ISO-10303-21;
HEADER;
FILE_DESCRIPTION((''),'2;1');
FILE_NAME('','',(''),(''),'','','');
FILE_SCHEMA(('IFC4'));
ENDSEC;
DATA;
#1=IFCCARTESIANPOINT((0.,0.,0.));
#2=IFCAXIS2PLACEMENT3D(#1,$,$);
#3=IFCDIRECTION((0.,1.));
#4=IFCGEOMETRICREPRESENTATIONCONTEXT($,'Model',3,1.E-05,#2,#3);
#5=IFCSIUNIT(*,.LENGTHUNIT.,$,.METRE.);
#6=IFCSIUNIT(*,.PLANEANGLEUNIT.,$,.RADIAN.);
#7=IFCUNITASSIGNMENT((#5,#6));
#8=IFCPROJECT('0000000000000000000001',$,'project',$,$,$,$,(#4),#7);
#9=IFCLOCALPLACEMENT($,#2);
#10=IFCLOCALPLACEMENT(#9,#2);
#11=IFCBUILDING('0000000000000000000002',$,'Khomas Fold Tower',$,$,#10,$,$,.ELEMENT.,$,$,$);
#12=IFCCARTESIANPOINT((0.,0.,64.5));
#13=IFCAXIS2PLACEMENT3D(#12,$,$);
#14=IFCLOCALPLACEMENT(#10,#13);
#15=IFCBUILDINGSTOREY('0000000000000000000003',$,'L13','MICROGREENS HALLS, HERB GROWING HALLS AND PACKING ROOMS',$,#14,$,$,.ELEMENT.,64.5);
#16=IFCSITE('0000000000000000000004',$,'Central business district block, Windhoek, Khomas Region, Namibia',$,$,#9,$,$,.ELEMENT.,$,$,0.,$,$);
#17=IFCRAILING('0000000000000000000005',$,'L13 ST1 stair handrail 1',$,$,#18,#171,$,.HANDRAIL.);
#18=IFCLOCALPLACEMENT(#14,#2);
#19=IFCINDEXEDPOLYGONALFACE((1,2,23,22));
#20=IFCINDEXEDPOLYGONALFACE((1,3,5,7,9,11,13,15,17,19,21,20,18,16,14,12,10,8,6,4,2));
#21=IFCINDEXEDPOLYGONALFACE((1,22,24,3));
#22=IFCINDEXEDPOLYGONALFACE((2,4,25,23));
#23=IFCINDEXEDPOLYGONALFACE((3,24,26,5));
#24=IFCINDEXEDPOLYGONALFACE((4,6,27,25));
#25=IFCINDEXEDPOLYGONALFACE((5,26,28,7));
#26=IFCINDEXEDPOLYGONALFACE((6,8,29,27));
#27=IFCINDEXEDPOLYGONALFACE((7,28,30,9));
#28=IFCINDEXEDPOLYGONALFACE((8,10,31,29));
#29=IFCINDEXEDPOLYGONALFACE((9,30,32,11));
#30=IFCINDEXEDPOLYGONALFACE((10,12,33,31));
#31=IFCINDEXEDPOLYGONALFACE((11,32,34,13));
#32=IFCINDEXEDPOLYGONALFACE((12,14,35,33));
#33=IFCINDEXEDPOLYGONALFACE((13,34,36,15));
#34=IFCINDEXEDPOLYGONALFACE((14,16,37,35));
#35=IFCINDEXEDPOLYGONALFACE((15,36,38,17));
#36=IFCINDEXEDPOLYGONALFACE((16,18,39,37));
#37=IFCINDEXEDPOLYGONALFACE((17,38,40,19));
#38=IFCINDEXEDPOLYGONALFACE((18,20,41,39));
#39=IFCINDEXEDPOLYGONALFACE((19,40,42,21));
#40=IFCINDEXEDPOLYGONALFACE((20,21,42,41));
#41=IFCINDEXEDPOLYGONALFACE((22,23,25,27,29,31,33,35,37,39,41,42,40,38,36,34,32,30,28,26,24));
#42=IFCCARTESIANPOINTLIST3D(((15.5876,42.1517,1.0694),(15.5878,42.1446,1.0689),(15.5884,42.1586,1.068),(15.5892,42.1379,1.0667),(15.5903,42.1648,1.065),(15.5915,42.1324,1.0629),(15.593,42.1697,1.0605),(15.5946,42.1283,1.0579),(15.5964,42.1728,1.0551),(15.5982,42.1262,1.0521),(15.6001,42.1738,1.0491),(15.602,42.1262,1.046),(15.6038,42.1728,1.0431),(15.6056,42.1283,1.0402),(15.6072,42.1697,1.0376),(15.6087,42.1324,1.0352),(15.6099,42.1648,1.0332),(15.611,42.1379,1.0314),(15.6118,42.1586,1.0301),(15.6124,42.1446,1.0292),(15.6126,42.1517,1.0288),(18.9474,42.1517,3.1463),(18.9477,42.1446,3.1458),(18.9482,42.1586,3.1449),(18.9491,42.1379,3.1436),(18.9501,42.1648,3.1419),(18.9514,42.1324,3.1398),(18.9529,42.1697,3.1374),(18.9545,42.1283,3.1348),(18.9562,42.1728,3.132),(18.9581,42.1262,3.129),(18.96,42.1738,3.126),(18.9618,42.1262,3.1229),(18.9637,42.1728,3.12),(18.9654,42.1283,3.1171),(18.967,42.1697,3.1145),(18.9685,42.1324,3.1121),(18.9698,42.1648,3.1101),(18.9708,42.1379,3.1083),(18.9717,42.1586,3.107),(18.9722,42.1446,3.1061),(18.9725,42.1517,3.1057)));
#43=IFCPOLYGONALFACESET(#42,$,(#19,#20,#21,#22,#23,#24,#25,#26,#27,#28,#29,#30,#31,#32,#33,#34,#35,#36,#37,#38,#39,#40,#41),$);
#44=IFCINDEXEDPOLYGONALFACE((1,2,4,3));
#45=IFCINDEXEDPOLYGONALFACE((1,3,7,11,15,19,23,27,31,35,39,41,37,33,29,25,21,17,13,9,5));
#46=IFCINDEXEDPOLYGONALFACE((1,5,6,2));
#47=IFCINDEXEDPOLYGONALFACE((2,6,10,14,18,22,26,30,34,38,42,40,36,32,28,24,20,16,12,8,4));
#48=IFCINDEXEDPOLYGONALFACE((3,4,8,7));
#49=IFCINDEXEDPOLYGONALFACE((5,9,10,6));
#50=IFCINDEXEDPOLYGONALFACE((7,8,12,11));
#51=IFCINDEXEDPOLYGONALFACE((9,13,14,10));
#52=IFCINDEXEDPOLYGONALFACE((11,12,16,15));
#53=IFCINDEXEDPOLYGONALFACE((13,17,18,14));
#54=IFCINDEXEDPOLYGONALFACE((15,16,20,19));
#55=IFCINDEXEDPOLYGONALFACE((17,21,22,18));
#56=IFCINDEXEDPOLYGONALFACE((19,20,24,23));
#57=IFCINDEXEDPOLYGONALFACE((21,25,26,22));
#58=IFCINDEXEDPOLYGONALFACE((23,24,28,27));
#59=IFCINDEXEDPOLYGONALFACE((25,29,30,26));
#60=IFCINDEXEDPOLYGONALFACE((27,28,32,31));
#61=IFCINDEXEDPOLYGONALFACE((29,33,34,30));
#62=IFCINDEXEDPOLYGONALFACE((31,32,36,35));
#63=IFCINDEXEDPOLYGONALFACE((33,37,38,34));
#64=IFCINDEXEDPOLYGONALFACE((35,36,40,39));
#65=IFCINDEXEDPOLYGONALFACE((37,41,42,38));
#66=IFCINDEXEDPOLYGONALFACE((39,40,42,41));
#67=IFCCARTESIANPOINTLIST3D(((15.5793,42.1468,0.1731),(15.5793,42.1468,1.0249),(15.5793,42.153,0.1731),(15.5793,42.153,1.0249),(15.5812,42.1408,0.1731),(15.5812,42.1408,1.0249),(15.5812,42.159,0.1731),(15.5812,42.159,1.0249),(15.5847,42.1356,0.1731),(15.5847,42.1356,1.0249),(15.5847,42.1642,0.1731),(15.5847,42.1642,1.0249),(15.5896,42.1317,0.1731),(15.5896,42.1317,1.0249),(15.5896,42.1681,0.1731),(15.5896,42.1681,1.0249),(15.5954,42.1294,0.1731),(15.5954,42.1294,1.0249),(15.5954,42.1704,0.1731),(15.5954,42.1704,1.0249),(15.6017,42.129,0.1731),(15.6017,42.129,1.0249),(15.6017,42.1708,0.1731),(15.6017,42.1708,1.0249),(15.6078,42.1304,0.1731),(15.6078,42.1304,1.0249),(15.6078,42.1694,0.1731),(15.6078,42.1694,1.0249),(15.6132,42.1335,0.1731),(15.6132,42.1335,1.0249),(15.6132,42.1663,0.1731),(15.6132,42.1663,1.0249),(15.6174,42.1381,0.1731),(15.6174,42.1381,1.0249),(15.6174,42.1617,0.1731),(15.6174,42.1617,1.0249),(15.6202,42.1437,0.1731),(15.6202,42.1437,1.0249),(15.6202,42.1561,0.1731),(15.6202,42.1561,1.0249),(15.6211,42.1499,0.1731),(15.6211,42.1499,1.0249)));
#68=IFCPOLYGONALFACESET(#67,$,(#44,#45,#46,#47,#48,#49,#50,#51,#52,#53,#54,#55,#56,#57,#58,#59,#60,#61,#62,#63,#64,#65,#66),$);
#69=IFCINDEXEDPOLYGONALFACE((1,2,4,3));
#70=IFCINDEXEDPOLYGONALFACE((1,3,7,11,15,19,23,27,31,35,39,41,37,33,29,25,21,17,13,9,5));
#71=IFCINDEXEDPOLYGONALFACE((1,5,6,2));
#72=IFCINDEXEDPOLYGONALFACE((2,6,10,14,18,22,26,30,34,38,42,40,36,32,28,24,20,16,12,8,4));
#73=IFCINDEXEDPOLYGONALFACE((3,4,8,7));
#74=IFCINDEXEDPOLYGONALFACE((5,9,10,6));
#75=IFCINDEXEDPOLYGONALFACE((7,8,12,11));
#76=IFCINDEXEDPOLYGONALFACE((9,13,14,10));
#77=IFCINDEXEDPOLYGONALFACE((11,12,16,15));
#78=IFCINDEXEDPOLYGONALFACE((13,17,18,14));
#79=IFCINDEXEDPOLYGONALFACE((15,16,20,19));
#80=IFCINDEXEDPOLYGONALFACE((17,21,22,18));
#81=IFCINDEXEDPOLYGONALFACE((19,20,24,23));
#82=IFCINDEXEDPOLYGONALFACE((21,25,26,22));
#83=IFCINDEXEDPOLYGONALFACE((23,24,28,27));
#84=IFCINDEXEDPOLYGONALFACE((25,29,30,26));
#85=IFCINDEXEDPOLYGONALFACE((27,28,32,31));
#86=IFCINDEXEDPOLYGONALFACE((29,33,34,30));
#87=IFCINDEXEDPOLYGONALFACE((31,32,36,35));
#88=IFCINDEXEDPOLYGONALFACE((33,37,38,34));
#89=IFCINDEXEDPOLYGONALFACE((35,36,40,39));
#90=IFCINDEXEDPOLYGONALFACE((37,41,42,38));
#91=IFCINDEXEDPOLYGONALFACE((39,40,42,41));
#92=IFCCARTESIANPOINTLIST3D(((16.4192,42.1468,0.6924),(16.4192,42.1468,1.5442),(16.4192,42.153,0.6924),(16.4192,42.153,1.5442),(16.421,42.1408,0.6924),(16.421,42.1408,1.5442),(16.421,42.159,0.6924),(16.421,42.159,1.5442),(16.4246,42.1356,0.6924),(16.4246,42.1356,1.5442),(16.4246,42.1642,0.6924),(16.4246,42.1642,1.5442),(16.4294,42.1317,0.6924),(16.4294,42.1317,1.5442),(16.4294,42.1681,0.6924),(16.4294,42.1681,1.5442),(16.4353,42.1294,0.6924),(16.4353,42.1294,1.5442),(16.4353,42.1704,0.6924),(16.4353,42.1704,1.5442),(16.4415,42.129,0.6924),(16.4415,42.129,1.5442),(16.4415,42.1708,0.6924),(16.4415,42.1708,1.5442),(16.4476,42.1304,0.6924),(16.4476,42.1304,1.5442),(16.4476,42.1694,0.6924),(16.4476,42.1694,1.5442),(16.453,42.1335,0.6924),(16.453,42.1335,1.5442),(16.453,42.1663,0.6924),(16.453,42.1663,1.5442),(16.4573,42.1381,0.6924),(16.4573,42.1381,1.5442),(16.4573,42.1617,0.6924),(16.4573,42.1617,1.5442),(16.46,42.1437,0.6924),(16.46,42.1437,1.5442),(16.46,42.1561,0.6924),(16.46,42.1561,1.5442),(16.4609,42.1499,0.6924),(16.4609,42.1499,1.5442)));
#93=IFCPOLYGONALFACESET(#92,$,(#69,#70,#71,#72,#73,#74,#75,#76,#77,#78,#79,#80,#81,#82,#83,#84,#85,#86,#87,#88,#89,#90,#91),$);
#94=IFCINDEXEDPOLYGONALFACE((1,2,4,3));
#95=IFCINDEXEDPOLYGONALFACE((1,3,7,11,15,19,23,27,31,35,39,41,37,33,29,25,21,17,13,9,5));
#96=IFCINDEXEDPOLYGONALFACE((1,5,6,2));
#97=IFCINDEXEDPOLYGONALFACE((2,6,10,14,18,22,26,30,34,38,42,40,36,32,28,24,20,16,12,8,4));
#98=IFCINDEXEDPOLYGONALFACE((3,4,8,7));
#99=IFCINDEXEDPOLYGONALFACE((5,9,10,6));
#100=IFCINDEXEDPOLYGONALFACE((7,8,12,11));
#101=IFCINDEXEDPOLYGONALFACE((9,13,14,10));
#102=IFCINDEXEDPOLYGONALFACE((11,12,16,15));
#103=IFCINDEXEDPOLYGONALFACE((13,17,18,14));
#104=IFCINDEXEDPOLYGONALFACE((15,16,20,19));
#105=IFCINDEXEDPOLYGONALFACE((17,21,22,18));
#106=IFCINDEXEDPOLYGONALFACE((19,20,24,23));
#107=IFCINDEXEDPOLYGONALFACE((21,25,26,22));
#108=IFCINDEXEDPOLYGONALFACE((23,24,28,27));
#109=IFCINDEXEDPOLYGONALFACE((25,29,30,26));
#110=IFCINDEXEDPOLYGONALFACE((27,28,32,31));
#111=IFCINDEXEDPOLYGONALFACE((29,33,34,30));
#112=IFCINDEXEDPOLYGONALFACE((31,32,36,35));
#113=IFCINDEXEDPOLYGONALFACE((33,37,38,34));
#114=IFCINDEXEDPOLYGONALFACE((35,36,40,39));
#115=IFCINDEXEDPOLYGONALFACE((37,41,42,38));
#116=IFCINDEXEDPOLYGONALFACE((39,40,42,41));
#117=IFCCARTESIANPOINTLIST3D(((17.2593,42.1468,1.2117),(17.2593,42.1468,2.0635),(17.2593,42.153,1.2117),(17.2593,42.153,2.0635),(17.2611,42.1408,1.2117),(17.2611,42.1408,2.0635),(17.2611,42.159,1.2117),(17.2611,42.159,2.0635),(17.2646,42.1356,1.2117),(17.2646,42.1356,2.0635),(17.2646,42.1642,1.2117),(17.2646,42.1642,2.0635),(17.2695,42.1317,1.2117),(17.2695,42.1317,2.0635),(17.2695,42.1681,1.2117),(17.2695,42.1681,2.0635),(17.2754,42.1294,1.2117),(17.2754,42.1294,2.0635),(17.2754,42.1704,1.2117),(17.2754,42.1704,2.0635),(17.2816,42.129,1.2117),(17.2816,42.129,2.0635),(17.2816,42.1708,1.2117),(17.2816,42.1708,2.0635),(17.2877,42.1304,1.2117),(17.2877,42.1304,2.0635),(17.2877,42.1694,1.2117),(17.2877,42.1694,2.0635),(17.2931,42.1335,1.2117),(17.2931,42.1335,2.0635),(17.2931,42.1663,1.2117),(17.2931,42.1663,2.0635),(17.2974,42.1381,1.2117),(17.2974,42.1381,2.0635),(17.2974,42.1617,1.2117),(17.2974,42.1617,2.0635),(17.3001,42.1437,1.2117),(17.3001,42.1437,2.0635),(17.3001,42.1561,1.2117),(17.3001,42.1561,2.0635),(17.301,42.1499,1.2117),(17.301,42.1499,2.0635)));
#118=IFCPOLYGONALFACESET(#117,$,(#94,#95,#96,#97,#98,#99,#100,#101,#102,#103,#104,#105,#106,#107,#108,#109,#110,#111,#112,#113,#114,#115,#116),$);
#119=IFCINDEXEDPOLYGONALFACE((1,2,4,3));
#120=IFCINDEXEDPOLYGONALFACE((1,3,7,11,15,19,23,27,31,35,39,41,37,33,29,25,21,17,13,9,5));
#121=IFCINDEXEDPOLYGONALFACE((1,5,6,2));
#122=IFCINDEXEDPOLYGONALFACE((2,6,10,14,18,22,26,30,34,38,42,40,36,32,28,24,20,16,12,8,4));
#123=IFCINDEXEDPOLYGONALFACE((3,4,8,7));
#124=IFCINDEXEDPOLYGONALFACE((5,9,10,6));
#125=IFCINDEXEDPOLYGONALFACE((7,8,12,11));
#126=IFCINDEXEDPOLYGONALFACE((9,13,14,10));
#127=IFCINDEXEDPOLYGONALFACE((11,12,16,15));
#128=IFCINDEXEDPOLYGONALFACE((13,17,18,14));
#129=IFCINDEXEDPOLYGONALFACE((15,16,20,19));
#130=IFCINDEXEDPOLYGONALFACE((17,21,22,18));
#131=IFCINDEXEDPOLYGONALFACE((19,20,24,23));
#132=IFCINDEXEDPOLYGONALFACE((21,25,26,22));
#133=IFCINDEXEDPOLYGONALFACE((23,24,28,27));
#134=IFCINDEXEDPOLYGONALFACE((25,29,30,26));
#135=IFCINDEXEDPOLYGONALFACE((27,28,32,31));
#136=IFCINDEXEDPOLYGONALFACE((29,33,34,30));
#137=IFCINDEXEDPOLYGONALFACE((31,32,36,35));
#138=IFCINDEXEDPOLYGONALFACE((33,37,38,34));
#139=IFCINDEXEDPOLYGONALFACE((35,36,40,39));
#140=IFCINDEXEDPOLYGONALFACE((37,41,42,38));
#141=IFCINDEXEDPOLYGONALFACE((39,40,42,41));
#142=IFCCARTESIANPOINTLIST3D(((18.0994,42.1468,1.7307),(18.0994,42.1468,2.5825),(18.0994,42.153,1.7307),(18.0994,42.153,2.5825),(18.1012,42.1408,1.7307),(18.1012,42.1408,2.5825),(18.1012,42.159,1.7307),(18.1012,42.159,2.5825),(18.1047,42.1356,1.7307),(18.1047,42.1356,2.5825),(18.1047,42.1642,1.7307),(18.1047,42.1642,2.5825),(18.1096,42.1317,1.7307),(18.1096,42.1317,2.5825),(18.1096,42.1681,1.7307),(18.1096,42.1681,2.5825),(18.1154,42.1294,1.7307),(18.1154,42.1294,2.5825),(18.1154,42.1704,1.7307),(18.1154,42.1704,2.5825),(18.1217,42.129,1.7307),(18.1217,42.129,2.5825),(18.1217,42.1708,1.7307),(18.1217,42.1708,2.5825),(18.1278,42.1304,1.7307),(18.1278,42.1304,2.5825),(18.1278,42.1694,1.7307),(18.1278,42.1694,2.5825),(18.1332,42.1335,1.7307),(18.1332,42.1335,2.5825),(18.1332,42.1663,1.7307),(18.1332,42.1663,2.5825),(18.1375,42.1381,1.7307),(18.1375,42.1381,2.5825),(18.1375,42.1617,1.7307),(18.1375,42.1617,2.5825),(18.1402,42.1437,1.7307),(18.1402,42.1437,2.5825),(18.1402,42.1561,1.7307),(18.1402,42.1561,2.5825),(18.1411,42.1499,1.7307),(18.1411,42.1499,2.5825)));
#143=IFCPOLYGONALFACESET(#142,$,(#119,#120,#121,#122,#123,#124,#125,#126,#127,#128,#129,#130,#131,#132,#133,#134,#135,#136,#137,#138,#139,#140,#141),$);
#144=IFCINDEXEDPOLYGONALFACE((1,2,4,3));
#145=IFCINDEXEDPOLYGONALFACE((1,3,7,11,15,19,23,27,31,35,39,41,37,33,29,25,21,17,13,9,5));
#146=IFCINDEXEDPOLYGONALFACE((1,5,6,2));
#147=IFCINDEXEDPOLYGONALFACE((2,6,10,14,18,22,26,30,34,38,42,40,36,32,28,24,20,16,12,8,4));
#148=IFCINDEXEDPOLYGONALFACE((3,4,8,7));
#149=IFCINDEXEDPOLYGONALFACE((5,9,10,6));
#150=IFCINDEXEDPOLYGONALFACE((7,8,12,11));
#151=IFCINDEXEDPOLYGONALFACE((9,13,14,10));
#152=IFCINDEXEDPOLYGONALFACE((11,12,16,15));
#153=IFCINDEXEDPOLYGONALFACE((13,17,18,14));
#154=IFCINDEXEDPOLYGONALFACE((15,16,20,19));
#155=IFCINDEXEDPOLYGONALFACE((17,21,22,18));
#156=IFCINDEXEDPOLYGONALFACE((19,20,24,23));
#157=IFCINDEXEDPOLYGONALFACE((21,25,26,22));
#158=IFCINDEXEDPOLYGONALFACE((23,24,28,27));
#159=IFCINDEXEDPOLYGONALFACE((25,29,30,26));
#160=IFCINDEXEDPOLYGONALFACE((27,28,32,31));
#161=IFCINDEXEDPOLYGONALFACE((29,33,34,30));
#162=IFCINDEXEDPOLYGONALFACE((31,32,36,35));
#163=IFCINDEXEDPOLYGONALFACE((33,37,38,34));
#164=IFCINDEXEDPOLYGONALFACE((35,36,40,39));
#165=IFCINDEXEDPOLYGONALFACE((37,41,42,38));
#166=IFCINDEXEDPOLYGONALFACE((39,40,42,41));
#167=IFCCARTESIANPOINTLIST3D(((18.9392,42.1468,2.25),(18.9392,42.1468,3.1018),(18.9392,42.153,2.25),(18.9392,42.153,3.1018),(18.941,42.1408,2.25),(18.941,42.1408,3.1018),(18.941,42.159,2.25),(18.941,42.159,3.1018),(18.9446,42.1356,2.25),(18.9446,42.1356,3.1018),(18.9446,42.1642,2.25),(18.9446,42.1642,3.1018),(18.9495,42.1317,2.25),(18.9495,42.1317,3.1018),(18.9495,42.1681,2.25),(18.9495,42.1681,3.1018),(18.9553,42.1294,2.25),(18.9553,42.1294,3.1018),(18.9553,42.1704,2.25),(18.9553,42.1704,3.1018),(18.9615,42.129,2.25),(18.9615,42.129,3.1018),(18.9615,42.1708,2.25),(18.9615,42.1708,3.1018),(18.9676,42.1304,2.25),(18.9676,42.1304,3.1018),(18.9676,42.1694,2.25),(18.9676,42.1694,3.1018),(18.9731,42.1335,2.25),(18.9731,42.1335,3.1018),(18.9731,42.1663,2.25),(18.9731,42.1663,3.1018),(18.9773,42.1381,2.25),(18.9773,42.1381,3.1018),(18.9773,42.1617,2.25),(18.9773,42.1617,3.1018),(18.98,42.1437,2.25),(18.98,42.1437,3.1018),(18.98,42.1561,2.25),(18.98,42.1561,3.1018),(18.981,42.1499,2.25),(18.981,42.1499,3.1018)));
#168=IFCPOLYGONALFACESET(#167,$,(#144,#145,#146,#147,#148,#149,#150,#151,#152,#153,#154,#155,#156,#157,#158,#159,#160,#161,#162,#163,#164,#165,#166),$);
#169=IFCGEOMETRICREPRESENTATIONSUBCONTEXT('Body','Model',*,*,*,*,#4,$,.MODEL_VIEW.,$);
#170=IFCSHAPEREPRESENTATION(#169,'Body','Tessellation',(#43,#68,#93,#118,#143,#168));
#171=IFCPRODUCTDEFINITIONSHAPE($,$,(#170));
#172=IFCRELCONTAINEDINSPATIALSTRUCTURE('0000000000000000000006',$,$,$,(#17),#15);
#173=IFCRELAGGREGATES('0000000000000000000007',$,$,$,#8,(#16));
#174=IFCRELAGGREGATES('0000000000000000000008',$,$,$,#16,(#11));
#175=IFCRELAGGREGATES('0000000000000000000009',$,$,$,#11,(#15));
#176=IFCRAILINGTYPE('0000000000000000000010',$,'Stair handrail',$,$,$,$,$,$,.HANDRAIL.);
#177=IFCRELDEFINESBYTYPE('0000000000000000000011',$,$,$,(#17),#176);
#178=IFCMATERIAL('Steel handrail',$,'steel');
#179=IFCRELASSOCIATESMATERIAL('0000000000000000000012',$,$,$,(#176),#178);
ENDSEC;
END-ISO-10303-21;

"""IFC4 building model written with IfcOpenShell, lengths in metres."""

from ifc_helpers import new_model, si_unit, direction, frame, origin, origin_2d, place, context, subcontext, project, spatial, circle, extrude, source, transform, mapped, material, type_object, element, save


model = new_model("IFC4")

# Units and contexts
model_context = context("Model", 3, precision=1e-05, world=origin(), true_north=direction((0.0, 1.0)))
body_context = subcontext(model_context, "Body", "Model", "MODEL_VIEW")
ifc_project = project(units=[si_unit("LENGTHUNIT", "METRE"), si_unit("PLANEANGLEUNIT", "RADIAN")], contexts=[model_context])

# Site, building, storey
site_placement = place(None, origin())
site = spatial("IfcSite", under=ifc_project, at=site_placement, Name="Central business district block, Windhoek, Khomas Region, Namibia", CompositionType="ELEMENT", RefElevation=0.0)
building_placement = place(site_placement, origin())
building = spatial("IfcBuilding", under=site, at=building_placement, Name="Khomas Fold Tower", CompositionType="ELEMENT")
storey_placement = place(building_placement, frame((0.0, 0.0, 64.5)))
storey = spatial("IfcBuildingStorey", under=building, at=storey_placement, Name="L13", Description="MICROGREENS HALLS, HERB GROWING HALLS AND PACKING ROOMS", CompositionType="ELEMENT", Elevation=64.5)

# Railing
ifc_material_1 = material(Name="Steel handrail", Category="steel")
railing_type = type_object("IfcRailingType", Name="Stair handrail", PredefinedType="HANDRAIL", material=ifc_material_1)
shared_shape_1 = source(origin(), body_context, "Body", "SweptSolid", [
    extrude(circle(Radius=0.0239, at=origin_2d()), frame((0.0, 0.0, 0.876), z_axis=(0.850606, 0.0, 0.525803), x_axis=(0.0, 1.0, 0.0)), (0.0, 0.0, 1.0), 3.95),
    extrude(circle(Radius=0.021, at=origin_2d()), origin(), (0.0, 0.0, 1.0), 0.8518),
    extrude(circle(Radius=0.021, at=origin_2d()), frame((0.8398, 0.0, 0.5193)), (0.0, 0.0, 1.0), 0.8518),
    extrude(circle(Radius=0.021, at=origin_2d()), frame((1.6799, 0.0, 1.0386)), (0.0, 0.0, 1.0), 0.8518),
    extrude(circle(Radius=0.021, at=origin_2d()), frame((2.52, 0.0, 1.5576)), (0.0, 0.0, 1.0), 0.8518),
    extrude(circle(Radius=0.021, at=origin_2d()), frame((3.3599, 0.0, 2.0769)), (0.0, 0.0, 1.0), 0.8518),
])
railing_placement = place(storey_placement, frame((15.6001, 42.1499, 0.1731)))
element("IfcRailing", 1, at=railing_placement, inside=storey, type_object=railing_type, Name="L13 ST1 stair handrail 1", PredefinedType="HANDRAIL", context=body_context, shape_type="MappedRepresentation", body=[
    mapped(shared_shape_1, transform((0.0, 0.0, 0.0))),
])

save(model, "model.ifc")
